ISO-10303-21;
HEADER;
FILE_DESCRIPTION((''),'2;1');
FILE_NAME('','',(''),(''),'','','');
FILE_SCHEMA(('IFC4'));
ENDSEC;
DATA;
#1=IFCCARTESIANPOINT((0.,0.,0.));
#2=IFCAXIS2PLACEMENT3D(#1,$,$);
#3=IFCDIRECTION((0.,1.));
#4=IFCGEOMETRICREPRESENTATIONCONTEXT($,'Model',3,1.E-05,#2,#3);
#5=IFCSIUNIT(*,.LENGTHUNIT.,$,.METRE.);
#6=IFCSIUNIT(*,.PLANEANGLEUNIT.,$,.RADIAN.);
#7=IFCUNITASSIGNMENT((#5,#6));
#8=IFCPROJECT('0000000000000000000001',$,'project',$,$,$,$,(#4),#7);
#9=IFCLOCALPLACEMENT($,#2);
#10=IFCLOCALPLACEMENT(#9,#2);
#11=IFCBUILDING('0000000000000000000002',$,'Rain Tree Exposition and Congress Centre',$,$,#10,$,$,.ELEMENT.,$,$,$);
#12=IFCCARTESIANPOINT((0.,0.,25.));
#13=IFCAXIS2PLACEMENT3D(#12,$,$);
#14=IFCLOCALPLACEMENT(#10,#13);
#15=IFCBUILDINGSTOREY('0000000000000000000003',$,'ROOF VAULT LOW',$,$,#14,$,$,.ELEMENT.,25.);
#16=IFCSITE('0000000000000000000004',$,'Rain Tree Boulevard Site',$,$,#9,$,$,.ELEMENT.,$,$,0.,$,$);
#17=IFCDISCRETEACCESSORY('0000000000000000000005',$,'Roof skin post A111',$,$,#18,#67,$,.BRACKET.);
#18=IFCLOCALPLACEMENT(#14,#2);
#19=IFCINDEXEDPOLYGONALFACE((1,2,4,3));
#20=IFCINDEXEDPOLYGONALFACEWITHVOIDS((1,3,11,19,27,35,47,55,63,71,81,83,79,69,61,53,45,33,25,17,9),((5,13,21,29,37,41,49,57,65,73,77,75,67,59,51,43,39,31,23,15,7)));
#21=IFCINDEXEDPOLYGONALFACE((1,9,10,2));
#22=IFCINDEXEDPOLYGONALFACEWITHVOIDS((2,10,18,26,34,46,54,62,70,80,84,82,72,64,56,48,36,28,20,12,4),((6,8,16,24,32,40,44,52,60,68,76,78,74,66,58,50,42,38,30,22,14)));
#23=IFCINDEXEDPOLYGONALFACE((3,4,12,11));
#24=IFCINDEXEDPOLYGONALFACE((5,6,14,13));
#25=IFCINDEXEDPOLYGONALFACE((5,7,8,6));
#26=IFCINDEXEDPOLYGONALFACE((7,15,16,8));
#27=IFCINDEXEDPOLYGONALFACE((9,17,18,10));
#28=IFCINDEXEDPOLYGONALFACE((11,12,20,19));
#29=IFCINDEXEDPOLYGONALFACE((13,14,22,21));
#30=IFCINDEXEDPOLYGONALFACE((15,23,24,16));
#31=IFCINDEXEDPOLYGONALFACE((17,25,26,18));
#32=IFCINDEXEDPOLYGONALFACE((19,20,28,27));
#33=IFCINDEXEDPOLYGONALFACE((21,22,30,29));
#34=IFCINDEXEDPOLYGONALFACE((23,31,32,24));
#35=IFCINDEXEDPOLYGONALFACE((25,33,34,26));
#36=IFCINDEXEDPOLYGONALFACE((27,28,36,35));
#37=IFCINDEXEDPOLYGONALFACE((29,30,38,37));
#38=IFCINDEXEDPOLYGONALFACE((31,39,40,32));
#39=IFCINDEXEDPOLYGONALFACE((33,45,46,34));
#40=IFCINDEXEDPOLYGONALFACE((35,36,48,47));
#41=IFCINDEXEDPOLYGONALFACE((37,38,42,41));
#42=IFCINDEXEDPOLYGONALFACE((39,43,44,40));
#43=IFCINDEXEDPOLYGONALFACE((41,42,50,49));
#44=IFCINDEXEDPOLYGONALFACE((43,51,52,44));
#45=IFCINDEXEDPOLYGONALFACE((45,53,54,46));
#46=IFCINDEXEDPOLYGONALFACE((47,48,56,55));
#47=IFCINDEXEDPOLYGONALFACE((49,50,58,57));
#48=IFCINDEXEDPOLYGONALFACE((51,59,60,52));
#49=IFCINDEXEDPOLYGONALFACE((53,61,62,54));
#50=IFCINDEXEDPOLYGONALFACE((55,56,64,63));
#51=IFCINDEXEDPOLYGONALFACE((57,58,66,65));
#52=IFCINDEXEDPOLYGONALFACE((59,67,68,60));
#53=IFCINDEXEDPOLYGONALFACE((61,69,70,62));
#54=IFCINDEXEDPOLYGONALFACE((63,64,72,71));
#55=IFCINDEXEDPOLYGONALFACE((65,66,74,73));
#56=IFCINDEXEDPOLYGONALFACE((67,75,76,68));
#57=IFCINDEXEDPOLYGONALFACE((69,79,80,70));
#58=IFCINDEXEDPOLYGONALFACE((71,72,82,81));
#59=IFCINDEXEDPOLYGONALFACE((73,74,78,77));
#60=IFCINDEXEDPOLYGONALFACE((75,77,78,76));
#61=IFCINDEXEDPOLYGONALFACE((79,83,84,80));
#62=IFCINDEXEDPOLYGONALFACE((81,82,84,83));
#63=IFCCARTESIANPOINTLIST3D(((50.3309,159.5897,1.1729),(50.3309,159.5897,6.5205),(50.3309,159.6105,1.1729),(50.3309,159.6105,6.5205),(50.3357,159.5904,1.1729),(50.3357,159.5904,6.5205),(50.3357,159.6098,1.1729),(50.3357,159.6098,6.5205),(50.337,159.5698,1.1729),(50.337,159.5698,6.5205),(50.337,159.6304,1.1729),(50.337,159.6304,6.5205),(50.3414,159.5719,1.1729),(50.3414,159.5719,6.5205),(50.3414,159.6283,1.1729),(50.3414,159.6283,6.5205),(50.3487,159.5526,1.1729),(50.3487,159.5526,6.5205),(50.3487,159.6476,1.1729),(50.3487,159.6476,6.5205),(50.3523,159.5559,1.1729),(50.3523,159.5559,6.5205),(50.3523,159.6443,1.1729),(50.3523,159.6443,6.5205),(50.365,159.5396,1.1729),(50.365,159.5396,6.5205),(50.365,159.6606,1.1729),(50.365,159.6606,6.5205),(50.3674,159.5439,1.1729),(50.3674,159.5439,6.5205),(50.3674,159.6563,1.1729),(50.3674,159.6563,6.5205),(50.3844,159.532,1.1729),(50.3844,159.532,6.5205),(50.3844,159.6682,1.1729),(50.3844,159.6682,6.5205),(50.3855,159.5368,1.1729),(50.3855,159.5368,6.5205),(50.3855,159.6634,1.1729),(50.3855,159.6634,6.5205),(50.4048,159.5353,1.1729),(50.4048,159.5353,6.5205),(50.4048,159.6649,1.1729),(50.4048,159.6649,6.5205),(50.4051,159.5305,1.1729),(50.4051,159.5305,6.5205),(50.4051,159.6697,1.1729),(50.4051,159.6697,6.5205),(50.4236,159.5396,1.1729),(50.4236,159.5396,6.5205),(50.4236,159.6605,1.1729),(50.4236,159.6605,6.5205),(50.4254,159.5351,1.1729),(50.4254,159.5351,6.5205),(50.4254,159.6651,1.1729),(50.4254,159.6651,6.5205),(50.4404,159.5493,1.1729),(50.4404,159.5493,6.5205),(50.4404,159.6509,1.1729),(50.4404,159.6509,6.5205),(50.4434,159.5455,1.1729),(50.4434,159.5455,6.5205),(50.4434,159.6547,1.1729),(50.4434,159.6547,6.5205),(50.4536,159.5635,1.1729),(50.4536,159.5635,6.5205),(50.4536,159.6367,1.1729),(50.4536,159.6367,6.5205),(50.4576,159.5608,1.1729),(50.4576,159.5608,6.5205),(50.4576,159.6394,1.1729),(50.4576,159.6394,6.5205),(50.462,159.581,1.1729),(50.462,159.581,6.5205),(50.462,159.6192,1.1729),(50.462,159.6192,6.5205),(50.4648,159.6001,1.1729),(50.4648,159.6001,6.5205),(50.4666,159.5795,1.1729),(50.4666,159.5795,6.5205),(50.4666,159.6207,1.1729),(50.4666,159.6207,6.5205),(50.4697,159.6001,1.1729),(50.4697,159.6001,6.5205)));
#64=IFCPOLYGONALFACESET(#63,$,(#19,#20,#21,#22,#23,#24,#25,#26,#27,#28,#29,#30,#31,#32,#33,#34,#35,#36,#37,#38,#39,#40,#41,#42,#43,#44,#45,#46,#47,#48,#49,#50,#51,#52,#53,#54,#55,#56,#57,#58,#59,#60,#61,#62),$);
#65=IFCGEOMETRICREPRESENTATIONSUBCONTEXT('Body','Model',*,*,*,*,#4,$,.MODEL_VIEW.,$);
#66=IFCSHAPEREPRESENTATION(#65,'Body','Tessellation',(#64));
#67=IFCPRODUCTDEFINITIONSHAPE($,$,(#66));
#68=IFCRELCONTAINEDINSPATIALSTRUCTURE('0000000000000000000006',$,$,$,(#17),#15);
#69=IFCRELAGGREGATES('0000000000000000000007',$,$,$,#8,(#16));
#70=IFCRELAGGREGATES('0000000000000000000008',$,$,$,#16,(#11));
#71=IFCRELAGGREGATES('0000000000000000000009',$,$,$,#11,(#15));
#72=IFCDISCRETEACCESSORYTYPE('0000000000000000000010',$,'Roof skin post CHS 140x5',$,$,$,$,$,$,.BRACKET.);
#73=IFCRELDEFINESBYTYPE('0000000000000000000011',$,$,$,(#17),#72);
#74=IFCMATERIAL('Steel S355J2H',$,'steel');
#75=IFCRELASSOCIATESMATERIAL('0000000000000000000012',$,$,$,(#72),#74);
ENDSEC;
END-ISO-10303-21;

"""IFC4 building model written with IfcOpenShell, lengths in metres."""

from ifc_helpers import new_model, si_unit, direction, frame, origin, origin_2d, place, context, subcontext, project, spatial, hollow_circle, extrude, material, material_profile, profile_set, type_object, element, save


model = new_model("IFC4")

# Units and contexts
model_context = context("Model", 3, precision=1e-05, world=origin(), true_north=direction((0.0, 1.0)))
body_context = subcontext(model_context, "Body", "Model", "MODEL_VIEW")
ifc_project = project(units=[si_unit("LENGTHUNIT", "METRE"), si_unit("PLANEANGLEUNIT", "RADIAN")], contexts=[model_context])

# Site, building, storey
site_placement = place(None, origin())
site = spatial("IfcSite", under=ifc_project, at=site_placement, Name="Rain Tree Boulevard Site", CompositionType="ELEMENT", RefElevation=0.0)
building_placement = place(site_placement, origin())
building = spatial("IfcBuilding", under=site, at=building_placement, Name="Rain Tree Exposition and Congress Centre", CompositionType="ELEMENT")
storey_placement = place(building_placement, frame((0.0, 0.0, 25.0)))
storey = spatial("IfcBuildingStorey", under=building, at=storey_placement, Name="ROOF VAULT LOW", CompositionType="ELEMENT", Elevation=25.0)

# Discrete accessory
ifc_material_1 = material(Name="Steel S355J2H", Category="steel")
ifc_material_profile_1 = material_profile(ifc_material_1, hollow_circle(Radius=0.0698, WallThickness=0.0049, at=origin_2d()), Name="CHS 140x5")
ifc_profile_set_1 = profile_set([ifc_material_profile_1], Name="Steel S355J2H")
discrete_accessory_type_1 = type_object("IfcDiscreteAccessoryType", Name="Roof skin post CHS 140x5", PredefinedType="BRACKET", material=ifc_profile_set_1)
discrete_accessory_1_placement = place(storey_placement, frame((50.3999, 159.6001, 1.1729), z_axis=(0.0, 0.0, 1.0), x_axis=(1.0, 0.0, 0.0)))
element("IfcDiscreteAccessory", 1, at=discrete_accessory_1_placement, inside=storey, type_object=discrete_accessory_type_1, Name="Roof skin post A111", PredefinedType="BRACKET", context=body_context, shape_type="SweptSolid", body=[
    extrude(hollow_circle(Radius=0.0698, WallThickness=0.0049, at=origin_2d()), origin(), (0.0, 0.0, 1.0), 5.3477),
])

save(model, "model.ifc")
